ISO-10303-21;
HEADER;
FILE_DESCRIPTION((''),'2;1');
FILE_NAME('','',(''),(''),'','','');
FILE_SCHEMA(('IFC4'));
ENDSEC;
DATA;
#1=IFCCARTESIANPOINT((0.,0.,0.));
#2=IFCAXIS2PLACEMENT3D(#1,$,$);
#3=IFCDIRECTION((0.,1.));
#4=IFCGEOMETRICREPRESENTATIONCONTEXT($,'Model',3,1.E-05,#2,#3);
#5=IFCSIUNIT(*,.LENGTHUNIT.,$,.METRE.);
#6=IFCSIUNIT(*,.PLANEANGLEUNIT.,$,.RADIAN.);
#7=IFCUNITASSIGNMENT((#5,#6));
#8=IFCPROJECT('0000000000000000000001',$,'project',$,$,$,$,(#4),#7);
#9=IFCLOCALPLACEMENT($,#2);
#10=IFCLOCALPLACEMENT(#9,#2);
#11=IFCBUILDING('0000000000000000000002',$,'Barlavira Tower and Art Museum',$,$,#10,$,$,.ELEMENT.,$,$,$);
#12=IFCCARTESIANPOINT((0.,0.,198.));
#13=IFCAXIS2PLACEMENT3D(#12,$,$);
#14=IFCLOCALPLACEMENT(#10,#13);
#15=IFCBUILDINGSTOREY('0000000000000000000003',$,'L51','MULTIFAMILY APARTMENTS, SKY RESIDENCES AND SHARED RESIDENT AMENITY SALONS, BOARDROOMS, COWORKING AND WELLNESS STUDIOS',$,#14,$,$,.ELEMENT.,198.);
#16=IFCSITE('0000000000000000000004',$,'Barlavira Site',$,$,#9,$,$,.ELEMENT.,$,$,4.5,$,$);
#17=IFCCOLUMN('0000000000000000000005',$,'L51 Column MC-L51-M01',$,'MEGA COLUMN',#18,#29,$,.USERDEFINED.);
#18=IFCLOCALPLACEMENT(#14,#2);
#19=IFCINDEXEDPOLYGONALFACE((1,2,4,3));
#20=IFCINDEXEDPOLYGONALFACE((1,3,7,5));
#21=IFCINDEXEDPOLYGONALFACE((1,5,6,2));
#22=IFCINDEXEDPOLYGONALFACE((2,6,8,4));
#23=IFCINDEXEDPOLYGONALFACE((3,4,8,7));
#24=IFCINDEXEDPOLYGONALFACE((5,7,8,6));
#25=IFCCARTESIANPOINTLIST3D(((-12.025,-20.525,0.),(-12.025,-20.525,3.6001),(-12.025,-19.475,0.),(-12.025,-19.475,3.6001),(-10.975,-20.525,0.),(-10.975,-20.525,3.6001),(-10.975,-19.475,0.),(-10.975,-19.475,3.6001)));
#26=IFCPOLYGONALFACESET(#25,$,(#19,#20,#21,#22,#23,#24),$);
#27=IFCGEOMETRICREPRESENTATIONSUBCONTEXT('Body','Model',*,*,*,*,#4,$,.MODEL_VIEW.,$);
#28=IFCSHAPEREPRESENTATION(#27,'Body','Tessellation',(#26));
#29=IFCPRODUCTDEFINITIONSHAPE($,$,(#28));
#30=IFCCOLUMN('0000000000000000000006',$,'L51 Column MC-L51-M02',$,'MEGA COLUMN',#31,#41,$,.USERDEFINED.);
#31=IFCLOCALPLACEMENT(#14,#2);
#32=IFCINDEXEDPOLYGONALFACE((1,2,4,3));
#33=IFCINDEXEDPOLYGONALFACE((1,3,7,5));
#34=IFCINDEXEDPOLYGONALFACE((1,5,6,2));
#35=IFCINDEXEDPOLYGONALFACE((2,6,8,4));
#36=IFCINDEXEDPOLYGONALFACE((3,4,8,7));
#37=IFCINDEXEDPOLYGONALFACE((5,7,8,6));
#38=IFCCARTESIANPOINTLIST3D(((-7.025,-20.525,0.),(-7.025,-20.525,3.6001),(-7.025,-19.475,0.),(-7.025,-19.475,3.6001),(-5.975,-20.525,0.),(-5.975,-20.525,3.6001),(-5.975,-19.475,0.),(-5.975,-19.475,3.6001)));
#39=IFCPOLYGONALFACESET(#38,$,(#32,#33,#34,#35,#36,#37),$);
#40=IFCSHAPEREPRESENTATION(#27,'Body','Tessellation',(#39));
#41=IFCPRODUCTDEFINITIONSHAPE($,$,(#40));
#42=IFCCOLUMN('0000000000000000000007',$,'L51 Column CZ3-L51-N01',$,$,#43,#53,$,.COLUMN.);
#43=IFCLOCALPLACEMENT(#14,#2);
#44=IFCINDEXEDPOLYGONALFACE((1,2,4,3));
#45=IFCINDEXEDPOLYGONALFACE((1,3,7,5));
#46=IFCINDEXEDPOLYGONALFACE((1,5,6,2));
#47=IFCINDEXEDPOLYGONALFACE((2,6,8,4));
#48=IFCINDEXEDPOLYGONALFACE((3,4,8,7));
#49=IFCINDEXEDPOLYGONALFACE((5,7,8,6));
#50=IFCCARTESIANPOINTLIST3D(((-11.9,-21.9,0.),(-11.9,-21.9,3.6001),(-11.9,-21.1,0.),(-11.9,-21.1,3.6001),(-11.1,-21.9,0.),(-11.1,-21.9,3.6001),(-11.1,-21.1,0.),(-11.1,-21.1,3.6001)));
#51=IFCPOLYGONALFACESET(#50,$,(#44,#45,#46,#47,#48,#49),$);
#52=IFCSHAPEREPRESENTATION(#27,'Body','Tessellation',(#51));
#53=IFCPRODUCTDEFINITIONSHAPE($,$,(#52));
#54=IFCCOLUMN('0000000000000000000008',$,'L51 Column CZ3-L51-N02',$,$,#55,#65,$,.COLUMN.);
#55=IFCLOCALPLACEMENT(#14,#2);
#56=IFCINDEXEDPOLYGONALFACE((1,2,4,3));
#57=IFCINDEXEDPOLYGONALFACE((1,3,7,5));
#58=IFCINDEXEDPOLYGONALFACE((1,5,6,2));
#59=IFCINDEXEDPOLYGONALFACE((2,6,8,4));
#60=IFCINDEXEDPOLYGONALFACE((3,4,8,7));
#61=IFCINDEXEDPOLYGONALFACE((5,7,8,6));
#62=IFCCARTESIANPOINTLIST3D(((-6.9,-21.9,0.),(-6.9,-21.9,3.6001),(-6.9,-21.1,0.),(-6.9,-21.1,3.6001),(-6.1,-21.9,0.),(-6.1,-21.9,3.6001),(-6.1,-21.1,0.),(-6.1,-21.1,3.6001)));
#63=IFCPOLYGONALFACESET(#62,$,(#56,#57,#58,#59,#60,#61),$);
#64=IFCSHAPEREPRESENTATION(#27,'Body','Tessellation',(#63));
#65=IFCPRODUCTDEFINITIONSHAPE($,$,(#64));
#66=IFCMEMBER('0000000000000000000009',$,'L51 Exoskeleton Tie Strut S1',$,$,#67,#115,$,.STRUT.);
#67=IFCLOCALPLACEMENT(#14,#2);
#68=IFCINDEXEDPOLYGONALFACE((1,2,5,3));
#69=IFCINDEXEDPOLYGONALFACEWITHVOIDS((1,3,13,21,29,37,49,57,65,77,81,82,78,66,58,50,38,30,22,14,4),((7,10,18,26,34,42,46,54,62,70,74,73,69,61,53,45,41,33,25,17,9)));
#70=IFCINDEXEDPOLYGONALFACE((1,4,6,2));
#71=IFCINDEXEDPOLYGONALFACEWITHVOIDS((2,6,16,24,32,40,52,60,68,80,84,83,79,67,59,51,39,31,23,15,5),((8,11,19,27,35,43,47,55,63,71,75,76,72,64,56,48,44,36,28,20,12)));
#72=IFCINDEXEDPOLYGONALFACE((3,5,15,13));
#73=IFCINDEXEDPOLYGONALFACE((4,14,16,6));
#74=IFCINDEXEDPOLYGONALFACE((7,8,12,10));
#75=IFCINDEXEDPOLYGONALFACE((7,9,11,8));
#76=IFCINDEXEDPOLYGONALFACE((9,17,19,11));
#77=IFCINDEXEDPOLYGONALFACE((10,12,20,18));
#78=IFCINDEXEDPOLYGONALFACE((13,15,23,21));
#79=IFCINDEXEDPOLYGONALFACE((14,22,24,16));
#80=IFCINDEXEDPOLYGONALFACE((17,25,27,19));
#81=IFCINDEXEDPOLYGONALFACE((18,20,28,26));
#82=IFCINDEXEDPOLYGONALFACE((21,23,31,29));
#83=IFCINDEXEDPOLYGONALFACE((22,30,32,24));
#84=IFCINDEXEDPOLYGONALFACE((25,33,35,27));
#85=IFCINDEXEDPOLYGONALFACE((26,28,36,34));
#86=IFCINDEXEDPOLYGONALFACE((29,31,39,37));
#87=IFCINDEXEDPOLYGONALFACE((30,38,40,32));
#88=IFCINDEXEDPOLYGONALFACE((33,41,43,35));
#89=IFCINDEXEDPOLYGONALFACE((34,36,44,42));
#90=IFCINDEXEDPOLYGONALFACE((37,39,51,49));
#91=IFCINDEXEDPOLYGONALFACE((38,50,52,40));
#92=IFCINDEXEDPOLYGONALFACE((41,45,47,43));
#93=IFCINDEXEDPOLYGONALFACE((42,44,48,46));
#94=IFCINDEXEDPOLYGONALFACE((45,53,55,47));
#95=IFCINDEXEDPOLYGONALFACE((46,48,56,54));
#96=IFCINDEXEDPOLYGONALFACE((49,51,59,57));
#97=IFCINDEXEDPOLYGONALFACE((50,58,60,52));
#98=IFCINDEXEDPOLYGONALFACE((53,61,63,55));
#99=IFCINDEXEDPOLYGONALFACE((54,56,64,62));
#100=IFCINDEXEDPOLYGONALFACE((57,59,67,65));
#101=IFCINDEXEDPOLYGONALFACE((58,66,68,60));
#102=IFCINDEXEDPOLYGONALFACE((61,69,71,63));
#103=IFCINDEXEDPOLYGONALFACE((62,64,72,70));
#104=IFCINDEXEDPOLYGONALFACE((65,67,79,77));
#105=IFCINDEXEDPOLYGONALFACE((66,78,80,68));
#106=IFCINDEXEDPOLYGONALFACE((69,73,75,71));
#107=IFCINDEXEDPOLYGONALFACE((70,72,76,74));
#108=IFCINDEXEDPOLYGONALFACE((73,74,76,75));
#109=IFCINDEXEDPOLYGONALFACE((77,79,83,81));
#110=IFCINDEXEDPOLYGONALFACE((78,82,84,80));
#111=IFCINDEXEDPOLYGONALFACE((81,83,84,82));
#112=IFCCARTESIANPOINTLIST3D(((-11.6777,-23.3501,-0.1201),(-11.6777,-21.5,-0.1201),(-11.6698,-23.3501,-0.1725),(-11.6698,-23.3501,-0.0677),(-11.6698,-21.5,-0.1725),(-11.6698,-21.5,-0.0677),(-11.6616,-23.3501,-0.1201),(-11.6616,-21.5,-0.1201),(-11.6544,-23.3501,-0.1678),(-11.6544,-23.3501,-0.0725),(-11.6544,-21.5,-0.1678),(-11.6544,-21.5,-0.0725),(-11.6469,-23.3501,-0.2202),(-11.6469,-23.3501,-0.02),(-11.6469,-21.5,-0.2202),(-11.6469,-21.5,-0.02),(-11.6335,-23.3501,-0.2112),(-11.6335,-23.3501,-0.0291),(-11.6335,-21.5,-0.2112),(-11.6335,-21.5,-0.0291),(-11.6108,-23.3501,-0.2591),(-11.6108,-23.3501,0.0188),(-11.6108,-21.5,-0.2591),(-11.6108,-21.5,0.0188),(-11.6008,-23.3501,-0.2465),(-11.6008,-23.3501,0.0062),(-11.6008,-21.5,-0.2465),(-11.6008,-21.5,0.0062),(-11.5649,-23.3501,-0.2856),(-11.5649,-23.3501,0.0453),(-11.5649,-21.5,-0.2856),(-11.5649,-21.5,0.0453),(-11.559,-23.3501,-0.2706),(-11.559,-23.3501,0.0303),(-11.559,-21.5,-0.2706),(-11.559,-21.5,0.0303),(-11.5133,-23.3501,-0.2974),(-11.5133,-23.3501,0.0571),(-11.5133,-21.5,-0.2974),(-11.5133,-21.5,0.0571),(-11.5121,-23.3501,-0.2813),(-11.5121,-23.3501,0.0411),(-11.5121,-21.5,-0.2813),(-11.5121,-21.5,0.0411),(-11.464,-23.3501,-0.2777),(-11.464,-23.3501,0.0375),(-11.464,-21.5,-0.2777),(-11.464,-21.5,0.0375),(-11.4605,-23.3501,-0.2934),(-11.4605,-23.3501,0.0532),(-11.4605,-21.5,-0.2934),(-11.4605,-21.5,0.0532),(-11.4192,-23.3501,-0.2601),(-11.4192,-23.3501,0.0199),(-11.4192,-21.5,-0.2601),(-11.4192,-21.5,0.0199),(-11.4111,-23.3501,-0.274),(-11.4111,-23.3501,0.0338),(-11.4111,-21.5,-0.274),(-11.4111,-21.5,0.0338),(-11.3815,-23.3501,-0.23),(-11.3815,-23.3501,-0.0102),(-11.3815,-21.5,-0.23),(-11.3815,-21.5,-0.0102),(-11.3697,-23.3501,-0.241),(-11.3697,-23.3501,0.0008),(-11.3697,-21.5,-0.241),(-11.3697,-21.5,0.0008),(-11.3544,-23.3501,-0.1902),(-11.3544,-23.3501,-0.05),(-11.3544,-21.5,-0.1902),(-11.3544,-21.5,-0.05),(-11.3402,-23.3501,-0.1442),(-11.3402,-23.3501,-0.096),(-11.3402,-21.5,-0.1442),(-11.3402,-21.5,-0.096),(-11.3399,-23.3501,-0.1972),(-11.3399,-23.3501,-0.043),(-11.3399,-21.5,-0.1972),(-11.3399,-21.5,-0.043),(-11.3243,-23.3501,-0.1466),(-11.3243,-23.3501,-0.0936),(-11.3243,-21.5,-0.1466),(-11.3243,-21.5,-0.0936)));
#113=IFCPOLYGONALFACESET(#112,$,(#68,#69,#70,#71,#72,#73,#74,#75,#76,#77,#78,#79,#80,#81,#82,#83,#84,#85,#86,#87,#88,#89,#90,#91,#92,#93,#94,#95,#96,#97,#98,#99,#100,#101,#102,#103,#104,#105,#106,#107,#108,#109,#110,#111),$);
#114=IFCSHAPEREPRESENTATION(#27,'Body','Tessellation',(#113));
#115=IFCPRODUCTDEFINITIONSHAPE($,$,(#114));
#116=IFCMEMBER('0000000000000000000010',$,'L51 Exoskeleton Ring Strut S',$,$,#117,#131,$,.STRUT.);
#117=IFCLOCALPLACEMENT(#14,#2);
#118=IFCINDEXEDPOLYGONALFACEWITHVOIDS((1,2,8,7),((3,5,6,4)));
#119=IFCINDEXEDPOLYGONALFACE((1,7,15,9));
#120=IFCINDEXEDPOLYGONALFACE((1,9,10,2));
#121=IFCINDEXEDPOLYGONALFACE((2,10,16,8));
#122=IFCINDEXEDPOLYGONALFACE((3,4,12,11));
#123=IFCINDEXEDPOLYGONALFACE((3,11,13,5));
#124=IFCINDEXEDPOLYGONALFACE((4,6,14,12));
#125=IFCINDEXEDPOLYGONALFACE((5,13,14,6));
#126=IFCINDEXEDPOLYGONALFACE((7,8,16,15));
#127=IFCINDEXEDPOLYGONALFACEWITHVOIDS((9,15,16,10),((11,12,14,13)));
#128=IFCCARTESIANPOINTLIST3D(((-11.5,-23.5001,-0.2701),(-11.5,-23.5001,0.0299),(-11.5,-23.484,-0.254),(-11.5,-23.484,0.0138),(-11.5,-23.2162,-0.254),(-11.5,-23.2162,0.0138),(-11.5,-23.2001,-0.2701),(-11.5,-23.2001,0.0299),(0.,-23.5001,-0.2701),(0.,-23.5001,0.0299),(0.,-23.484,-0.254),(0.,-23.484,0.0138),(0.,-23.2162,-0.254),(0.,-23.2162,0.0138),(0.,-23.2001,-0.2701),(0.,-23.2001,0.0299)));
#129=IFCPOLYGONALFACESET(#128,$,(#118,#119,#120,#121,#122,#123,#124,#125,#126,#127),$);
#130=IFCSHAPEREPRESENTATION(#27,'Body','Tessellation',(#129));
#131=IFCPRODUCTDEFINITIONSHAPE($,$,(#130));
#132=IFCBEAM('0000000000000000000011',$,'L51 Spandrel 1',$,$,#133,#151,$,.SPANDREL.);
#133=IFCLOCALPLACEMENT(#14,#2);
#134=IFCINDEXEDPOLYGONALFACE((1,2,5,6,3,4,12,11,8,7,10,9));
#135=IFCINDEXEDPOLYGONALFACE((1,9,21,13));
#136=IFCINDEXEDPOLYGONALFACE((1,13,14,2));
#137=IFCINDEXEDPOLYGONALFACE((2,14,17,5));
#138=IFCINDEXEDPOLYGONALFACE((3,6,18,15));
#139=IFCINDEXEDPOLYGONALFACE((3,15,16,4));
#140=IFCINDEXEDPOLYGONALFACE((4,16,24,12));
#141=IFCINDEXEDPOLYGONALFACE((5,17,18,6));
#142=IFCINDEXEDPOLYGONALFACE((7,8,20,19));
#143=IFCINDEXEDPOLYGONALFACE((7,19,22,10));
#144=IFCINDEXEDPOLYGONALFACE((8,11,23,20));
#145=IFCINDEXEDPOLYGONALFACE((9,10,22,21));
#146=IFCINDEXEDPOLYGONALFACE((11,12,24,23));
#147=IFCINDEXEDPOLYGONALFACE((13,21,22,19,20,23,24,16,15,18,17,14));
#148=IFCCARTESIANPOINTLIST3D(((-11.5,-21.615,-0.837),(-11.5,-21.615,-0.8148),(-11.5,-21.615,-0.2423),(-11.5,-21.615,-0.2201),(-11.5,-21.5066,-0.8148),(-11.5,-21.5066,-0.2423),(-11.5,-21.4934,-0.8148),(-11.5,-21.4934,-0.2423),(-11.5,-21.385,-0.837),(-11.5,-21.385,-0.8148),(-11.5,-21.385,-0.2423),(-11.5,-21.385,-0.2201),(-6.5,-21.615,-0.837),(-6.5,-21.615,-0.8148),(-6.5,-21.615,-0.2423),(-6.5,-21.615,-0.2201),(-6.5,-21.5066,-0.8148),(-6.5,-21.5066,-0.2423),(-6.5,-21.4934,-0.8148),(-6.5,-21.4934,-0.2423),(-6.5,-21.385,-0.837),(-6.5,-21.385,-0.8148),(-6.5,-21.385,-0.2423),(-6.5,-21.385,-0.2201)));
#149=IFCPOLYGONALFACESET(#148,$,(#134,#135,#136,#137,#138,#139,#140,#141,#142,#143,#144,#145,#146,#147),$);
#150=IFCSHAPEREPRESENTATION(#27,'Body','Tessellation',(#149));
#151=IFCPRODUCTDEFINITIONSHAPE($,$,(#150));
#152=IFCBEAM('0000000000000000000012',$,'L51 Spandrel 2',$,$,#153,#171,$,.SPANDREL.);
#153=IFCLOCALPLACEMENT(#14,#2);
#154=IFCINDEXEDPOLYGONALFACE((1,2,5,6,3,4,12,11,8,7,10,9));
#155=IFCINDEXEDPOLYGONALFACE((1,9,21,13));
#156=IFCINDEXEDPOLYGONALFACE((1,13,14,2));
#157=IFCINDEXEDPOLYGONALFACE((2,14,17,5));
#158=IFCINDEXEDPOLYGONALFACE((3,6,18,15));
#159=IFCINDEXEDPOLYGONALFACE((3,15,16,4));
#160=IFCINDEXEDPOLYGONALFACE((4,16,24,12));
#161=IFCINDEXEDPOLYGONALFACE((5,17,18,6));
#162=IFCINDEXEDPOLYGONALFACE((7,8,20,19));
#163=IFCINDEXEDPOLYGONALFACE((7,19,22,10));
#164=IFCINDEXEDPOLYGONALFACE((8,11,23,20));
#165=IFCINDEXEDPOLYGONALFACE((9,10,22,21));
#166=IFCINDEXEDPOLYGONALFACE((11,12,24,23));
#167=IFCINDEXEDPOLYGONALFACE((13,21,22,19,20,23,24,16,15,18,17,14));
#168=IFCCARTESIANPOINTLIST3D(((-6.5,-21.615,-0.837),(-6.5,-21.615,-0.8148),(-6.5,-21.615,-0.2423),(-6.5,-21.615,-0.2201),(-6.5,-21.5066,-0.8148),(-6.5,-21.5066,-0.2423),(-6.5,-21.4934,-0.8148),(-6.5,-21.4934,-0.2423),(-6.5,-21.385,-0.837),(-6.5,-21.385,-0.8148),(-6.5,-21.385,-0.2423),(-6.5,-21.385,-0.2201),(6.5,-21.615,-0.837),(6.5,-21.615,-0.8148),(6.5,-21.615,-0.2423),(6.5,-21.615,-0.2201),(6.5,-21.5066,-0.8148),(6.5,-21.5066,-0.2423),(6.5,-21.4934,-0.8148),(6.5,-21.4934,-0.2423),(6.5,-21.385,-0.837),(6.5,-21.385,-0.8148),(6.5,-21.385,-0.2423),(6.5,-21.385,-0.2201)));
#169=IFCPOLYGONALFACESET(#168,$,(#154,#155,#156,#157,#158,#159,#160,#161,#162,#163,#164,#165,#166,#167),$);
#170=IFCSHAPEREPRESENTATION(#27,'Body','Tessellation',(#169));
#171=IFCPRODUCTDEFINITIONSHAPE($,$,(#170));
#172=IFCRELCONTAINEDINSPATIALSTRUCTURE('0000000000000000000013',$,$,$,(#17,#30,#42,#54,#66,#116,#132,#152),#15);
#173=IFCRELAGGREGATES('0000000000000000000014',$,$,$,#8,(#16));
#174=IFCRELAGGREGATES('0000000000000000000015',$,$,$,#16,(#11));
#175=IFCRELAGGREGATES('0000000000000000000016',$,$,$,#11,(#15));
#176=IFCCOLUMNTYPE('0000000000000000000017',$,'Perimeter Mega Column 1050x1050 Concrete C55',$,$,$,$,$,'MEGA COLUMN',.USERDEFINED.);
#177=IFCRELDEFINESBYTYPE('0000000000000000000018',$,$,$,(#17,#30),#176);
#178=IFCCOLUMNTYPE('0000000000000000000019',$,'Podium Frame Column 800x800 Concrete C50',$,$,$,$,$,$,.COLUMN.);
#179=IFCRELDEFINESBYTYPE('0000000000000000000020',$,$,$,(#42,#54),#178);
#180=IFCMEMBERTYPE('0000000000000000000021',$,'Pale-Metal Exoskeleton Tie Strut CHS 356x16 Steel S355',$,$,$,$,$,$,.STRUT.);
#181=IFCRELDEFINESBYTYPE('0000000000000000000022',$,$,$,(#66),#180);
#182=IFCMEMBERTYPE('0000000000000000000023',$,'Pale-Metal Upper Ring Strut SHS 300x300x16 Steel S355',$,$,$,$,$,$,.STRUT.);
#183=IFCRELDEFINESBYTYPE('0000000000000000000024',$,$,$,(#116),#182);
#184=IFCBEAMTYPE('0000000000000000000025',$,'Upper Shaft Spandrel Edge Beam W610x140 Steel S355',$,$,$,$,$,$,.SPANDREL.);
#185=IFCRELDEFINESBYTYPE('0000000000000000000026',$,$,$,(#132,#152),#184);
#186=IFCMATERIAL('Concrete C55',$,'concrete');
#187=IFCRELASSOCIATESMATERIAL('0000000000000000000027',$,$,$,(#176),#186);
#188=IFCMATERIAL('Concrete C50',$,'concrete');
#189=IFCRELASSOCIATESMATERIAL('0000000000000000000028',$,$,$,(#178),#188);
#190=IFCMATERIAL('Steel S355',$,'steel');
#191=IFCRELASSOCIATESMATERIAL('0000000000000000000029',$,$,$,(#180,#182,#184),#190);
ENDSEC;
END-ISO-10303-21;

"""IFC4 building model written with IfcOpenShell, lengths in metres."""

from ifc_helpers import new_model, si_unit, direction, frame, origin, origin_2d, place, context, subcontext, project, spatial, rectangle, hollow_rectangle, hollow_circle, i_section, extrude, material, material_profile, profile_set, type_object, element, save


model = new_model("IFC4")

# Units and contexts
model_context = context("Model", 3, precision=1e-05, world=origin(), true_north=direction((0.0, 1.0)))
body_context = subcontext(model_context, "Body", "Model", "MODEL_VIEW")
ifc_project = project(units=[si_unit("LENGTHUNIT", "METRE"), si_unit("PLANEANGLEUNIT", "RADIAN")], contexts=[model_context])

# Site, building, storey
site_placement = place(None, origin())
site = spatial("IfcSite", under=ifc_project, at=site_placement, Name="Barlavira Site", CompositionType="ELEMENT", RefElevation=4.5)
building_placement = place(site_placement, origin())
building = spatial("IfcBuilding", under=site, at=building_placement, Name="Barlavira Tower and Art Museum", CompositionType="ELEMENT")
storey_placement = place(building_placement, frame((0.0, 0.0, 198.0)))
storey = spatial("IfcBuildingStorey", under=building, at=storey_placement, Name="L51", Description="MULTIFAMILY APARTMENTS, SKY RESIDENCES AND SHARED RESIDENT AMENITY SALONS, BOARDROOMS, COWORKING AND WELLNESS STUDIOS", CompositionType="ELEMENT", Elevation=198.0)

# Columns
ifc_material_1 = material(Name="Concrete C55", Category="concrete")
ifc_material_profile_1 = material_profile(ifc_material_1, rectangle(XDim=1.05, YDim=1.05, at=origin_2d()), Name="RC-COL 1050x1050")
ifc_profile_set_1 = profile_set([ifc_material_profile_1], Name="Concrete C55")
column_type_1 = type_object("IfcColumnType", Name="Perimeter Mega Column 1050x1050 Concrete C55", ElementType="MEGA COLUMN", PredefinedType="USERDEFINED", material=ifc_profile_set_1)
for number, where, z_axis, x_axis, name in (
    (1, (-11.5, -20.0, 0.0), (0.0, 0.0, 1.0), (1.0, 0.0, 0.0), "L51 Column MC-L51-M01"),
    (2, (-6.5, -20.0, 0.0), (0.0, 0.0, 1.0), (1.0, 0.0, 0.0), "L51 Column MC-L51-M02"),
):
    element("IfcColumn", number, at=place(storey_placement, frame(where, z_axis=z_axis, x_axis=x_axis)), inside=storey, type_object=column_type_1, Name=name, ObjectType="MEGA COLUMN", PredefinedType="USERDEFINED", context=body_context, shape_type="SweptSolid", body=[
        extrude(rectangle(XDim=1.05, YDim=1.05, at=origin_2d()), origin(), (0.0, 0.0, 1.0), 3.6001),
    ])
ifc_material_2 = material(Name="Concrete C50", Category="concrete")
ifc_material_profile_2 = material_profile(ifc_material_2, rectangle(XDim=0.8, YDim=0.8, at=origin_2d()), Name="RC-COL 800x800")
ifc_profile_set_2 = profile_set([ifc_material_profile_2], Name="Concrete C50")
column_type_2 = type_object("IfcColumnType", Name="Podium Frame Column 800x800 Concrete C50", PredefinedType="COLUMN", material=ifc_profile_set_2)
for number, where, z_axis, x_axis, name in (
    (3, (-11.5, -21.5, 0.0), (0.0, 0.0, 1.0), (1.0, 0.0, 0.0), "L51 Column CZ3-L51-N01"),
    (4, (-6.5, -21.5, 0.0), (0.0, 0.0, 1.0), (1.0, 0.0, 0.0), "L51 Column CZ3-L51-N02"),
):
    element("IfcColumn", number, at=place(storey_placement, frame(where, z_axis=z_axis, x_axis=x_axis)), inside=storey, type_object=column_type_2, Name=name, PredefinedType="COLUMN", context=body_context, shape_type="SweptSolid", body=[
        extrude(rectangle(XDim=0.8, YDim=0.8, at=origin_2d()), origin(), (0.0, 0.0, 1.0), 3.6001),
    ])

# Members
ifc_material_3 = material(Name="Steel S355", Category="steel")
ifc_material_profile_3 = material_profile(ifc_material_3, hollow_circle(Radius=0.1777, WallThickness=0.0161, at=origin_2d()), Name="CHS 355.6x16.0")
ifc_profile_set_3 = profile_set([ifc_material_profile_3], Name="Steel S355")
member_type_1 = type_object("IfcMemberType", Name="Pale-Metal Exoskeleton Tie Strut CHS 356x16 Steel S355", PredefinedType="STRUT", material=ifc_profile_set_3)
member_1_placement = place(storey_placement, frame((-11.5, -23.3501, -0.1201), z_axis=(0.0, 1.0, 0.0), x_axis=(-1.0, 0.0, 0.0)))
element("IfcMember", 5, at=member_1_placement, inside=storey, type_object=member_type_1, Name="L51 Exoskeleton Tie Strut S1", PredefinedType="STRUT", context=body_context, shape_type="SweptSolid", body=[
    extrude(hollow_circle(Radius=0.1777, WallThickness=0.0161, at=origin_2d()), origin(), (0.0, 0.0, 1.0), 1.8501),
])
ifc_material_profile_4 = material_profile(ifc_material_3, hollow_rectangle(XDim=0.3, YDim=0.3, WallThickness=0.0161, at=origin_2d()), Name="SHS 300x300x16.0")
ifc_profile_set_4 = profile_set([ifc_material_profile_4], Name="Steel S355")
member_type_2 = type_object("IfcMemberType", Name="Pale-Metal Upper Ring Strut SHS 300x300x16 Steel S355", PredefinedType="STRUT", material=ifc_profile_set_4)
member_2_placement = place(storey_placement, frame((-11.5, -23.3501, -0.1201), z_axis=(1.0, 0.0, 0.0), x_axis=(0.0, 1.0, 0.0)))
element("IfcMember", 6, at=member_2_placement, inside=storey, type_object=member_type_2, Name="L51 Exoskeleton Ring Strut S", PredefinedType="STRUT", context=body_context, shape_type="SweptSolid", body=[
    extrude(hollow_rectangle(XDim=0.3, YDim=0.3, WallThickness=0.0161, at=origin_2d()), origin(), (0.0, 0.0, 1.0), 11.5),
])

# Beams
ifc_material_profile_5 = material_profile(ifc_material_3, i_section(OverallWidth=0.23, OverallDepth=0.6169, WebThickness=0.0132, FlangeThickness=0.0222, at=origin_2d()), Name="W610x140.0")
ifc_profile_set_5 = profile_set([ifc_material_profile_5], Name="Steel S355")
beam_type_1 = type_object("IfcBeamType", Name="Upper Shaft Spandrel Edge Beam W610x140 Steel S355", PredefinedType="SPANDREL", material=ifc_profile_set_5)
beam_1_placement = place(storey_placement, frame((-11.5, -21.5, -0.5286), z_axis=(1.0, 0.0, 0.0), x_axis=(0.0, 1.0, 0.0)))
element("IfcBeam", 7, at=beam_1_placement, inside=storey, type_object=beam_type_1, Name="L51 Spandrel 1", PredefinedType="SPANDREL", context=body_context, shape_type="SweptSolid", body=[
    extrude(i_section(OverallWidth=0.23, OverallDepth=0.6169, WebThickness=0.0132, FlangeThickness=0.0222, at=origin_2d()), origin(), (0.0, 0.0, 1.0), 5.0),
])
beam_2_placement = place(storey_placement, frame((-6.5, -21.5, -0.5286), z_axis=(1.0, 0.0, 0.0), x_axis=(0.0, 1.0, 0.0)))
element("IfcBeam", 8, at=beam_2_placement, inside=storey, type_object=beam_type_1, Name="L51 Spandrel 2", PredefinedType="SPANDREL", context=body_context, shape_type="SweptSolid", body=[
    extrude(i_section(OverallWidth=0.23, OverallDepth=0.6169, WebThickness=0.0132, FlangeThickness=0.0222, at=origin_2d()), origin(), (0.0, 0.0, 1.0), 13.0),
])

save(model, "model.ifc")
